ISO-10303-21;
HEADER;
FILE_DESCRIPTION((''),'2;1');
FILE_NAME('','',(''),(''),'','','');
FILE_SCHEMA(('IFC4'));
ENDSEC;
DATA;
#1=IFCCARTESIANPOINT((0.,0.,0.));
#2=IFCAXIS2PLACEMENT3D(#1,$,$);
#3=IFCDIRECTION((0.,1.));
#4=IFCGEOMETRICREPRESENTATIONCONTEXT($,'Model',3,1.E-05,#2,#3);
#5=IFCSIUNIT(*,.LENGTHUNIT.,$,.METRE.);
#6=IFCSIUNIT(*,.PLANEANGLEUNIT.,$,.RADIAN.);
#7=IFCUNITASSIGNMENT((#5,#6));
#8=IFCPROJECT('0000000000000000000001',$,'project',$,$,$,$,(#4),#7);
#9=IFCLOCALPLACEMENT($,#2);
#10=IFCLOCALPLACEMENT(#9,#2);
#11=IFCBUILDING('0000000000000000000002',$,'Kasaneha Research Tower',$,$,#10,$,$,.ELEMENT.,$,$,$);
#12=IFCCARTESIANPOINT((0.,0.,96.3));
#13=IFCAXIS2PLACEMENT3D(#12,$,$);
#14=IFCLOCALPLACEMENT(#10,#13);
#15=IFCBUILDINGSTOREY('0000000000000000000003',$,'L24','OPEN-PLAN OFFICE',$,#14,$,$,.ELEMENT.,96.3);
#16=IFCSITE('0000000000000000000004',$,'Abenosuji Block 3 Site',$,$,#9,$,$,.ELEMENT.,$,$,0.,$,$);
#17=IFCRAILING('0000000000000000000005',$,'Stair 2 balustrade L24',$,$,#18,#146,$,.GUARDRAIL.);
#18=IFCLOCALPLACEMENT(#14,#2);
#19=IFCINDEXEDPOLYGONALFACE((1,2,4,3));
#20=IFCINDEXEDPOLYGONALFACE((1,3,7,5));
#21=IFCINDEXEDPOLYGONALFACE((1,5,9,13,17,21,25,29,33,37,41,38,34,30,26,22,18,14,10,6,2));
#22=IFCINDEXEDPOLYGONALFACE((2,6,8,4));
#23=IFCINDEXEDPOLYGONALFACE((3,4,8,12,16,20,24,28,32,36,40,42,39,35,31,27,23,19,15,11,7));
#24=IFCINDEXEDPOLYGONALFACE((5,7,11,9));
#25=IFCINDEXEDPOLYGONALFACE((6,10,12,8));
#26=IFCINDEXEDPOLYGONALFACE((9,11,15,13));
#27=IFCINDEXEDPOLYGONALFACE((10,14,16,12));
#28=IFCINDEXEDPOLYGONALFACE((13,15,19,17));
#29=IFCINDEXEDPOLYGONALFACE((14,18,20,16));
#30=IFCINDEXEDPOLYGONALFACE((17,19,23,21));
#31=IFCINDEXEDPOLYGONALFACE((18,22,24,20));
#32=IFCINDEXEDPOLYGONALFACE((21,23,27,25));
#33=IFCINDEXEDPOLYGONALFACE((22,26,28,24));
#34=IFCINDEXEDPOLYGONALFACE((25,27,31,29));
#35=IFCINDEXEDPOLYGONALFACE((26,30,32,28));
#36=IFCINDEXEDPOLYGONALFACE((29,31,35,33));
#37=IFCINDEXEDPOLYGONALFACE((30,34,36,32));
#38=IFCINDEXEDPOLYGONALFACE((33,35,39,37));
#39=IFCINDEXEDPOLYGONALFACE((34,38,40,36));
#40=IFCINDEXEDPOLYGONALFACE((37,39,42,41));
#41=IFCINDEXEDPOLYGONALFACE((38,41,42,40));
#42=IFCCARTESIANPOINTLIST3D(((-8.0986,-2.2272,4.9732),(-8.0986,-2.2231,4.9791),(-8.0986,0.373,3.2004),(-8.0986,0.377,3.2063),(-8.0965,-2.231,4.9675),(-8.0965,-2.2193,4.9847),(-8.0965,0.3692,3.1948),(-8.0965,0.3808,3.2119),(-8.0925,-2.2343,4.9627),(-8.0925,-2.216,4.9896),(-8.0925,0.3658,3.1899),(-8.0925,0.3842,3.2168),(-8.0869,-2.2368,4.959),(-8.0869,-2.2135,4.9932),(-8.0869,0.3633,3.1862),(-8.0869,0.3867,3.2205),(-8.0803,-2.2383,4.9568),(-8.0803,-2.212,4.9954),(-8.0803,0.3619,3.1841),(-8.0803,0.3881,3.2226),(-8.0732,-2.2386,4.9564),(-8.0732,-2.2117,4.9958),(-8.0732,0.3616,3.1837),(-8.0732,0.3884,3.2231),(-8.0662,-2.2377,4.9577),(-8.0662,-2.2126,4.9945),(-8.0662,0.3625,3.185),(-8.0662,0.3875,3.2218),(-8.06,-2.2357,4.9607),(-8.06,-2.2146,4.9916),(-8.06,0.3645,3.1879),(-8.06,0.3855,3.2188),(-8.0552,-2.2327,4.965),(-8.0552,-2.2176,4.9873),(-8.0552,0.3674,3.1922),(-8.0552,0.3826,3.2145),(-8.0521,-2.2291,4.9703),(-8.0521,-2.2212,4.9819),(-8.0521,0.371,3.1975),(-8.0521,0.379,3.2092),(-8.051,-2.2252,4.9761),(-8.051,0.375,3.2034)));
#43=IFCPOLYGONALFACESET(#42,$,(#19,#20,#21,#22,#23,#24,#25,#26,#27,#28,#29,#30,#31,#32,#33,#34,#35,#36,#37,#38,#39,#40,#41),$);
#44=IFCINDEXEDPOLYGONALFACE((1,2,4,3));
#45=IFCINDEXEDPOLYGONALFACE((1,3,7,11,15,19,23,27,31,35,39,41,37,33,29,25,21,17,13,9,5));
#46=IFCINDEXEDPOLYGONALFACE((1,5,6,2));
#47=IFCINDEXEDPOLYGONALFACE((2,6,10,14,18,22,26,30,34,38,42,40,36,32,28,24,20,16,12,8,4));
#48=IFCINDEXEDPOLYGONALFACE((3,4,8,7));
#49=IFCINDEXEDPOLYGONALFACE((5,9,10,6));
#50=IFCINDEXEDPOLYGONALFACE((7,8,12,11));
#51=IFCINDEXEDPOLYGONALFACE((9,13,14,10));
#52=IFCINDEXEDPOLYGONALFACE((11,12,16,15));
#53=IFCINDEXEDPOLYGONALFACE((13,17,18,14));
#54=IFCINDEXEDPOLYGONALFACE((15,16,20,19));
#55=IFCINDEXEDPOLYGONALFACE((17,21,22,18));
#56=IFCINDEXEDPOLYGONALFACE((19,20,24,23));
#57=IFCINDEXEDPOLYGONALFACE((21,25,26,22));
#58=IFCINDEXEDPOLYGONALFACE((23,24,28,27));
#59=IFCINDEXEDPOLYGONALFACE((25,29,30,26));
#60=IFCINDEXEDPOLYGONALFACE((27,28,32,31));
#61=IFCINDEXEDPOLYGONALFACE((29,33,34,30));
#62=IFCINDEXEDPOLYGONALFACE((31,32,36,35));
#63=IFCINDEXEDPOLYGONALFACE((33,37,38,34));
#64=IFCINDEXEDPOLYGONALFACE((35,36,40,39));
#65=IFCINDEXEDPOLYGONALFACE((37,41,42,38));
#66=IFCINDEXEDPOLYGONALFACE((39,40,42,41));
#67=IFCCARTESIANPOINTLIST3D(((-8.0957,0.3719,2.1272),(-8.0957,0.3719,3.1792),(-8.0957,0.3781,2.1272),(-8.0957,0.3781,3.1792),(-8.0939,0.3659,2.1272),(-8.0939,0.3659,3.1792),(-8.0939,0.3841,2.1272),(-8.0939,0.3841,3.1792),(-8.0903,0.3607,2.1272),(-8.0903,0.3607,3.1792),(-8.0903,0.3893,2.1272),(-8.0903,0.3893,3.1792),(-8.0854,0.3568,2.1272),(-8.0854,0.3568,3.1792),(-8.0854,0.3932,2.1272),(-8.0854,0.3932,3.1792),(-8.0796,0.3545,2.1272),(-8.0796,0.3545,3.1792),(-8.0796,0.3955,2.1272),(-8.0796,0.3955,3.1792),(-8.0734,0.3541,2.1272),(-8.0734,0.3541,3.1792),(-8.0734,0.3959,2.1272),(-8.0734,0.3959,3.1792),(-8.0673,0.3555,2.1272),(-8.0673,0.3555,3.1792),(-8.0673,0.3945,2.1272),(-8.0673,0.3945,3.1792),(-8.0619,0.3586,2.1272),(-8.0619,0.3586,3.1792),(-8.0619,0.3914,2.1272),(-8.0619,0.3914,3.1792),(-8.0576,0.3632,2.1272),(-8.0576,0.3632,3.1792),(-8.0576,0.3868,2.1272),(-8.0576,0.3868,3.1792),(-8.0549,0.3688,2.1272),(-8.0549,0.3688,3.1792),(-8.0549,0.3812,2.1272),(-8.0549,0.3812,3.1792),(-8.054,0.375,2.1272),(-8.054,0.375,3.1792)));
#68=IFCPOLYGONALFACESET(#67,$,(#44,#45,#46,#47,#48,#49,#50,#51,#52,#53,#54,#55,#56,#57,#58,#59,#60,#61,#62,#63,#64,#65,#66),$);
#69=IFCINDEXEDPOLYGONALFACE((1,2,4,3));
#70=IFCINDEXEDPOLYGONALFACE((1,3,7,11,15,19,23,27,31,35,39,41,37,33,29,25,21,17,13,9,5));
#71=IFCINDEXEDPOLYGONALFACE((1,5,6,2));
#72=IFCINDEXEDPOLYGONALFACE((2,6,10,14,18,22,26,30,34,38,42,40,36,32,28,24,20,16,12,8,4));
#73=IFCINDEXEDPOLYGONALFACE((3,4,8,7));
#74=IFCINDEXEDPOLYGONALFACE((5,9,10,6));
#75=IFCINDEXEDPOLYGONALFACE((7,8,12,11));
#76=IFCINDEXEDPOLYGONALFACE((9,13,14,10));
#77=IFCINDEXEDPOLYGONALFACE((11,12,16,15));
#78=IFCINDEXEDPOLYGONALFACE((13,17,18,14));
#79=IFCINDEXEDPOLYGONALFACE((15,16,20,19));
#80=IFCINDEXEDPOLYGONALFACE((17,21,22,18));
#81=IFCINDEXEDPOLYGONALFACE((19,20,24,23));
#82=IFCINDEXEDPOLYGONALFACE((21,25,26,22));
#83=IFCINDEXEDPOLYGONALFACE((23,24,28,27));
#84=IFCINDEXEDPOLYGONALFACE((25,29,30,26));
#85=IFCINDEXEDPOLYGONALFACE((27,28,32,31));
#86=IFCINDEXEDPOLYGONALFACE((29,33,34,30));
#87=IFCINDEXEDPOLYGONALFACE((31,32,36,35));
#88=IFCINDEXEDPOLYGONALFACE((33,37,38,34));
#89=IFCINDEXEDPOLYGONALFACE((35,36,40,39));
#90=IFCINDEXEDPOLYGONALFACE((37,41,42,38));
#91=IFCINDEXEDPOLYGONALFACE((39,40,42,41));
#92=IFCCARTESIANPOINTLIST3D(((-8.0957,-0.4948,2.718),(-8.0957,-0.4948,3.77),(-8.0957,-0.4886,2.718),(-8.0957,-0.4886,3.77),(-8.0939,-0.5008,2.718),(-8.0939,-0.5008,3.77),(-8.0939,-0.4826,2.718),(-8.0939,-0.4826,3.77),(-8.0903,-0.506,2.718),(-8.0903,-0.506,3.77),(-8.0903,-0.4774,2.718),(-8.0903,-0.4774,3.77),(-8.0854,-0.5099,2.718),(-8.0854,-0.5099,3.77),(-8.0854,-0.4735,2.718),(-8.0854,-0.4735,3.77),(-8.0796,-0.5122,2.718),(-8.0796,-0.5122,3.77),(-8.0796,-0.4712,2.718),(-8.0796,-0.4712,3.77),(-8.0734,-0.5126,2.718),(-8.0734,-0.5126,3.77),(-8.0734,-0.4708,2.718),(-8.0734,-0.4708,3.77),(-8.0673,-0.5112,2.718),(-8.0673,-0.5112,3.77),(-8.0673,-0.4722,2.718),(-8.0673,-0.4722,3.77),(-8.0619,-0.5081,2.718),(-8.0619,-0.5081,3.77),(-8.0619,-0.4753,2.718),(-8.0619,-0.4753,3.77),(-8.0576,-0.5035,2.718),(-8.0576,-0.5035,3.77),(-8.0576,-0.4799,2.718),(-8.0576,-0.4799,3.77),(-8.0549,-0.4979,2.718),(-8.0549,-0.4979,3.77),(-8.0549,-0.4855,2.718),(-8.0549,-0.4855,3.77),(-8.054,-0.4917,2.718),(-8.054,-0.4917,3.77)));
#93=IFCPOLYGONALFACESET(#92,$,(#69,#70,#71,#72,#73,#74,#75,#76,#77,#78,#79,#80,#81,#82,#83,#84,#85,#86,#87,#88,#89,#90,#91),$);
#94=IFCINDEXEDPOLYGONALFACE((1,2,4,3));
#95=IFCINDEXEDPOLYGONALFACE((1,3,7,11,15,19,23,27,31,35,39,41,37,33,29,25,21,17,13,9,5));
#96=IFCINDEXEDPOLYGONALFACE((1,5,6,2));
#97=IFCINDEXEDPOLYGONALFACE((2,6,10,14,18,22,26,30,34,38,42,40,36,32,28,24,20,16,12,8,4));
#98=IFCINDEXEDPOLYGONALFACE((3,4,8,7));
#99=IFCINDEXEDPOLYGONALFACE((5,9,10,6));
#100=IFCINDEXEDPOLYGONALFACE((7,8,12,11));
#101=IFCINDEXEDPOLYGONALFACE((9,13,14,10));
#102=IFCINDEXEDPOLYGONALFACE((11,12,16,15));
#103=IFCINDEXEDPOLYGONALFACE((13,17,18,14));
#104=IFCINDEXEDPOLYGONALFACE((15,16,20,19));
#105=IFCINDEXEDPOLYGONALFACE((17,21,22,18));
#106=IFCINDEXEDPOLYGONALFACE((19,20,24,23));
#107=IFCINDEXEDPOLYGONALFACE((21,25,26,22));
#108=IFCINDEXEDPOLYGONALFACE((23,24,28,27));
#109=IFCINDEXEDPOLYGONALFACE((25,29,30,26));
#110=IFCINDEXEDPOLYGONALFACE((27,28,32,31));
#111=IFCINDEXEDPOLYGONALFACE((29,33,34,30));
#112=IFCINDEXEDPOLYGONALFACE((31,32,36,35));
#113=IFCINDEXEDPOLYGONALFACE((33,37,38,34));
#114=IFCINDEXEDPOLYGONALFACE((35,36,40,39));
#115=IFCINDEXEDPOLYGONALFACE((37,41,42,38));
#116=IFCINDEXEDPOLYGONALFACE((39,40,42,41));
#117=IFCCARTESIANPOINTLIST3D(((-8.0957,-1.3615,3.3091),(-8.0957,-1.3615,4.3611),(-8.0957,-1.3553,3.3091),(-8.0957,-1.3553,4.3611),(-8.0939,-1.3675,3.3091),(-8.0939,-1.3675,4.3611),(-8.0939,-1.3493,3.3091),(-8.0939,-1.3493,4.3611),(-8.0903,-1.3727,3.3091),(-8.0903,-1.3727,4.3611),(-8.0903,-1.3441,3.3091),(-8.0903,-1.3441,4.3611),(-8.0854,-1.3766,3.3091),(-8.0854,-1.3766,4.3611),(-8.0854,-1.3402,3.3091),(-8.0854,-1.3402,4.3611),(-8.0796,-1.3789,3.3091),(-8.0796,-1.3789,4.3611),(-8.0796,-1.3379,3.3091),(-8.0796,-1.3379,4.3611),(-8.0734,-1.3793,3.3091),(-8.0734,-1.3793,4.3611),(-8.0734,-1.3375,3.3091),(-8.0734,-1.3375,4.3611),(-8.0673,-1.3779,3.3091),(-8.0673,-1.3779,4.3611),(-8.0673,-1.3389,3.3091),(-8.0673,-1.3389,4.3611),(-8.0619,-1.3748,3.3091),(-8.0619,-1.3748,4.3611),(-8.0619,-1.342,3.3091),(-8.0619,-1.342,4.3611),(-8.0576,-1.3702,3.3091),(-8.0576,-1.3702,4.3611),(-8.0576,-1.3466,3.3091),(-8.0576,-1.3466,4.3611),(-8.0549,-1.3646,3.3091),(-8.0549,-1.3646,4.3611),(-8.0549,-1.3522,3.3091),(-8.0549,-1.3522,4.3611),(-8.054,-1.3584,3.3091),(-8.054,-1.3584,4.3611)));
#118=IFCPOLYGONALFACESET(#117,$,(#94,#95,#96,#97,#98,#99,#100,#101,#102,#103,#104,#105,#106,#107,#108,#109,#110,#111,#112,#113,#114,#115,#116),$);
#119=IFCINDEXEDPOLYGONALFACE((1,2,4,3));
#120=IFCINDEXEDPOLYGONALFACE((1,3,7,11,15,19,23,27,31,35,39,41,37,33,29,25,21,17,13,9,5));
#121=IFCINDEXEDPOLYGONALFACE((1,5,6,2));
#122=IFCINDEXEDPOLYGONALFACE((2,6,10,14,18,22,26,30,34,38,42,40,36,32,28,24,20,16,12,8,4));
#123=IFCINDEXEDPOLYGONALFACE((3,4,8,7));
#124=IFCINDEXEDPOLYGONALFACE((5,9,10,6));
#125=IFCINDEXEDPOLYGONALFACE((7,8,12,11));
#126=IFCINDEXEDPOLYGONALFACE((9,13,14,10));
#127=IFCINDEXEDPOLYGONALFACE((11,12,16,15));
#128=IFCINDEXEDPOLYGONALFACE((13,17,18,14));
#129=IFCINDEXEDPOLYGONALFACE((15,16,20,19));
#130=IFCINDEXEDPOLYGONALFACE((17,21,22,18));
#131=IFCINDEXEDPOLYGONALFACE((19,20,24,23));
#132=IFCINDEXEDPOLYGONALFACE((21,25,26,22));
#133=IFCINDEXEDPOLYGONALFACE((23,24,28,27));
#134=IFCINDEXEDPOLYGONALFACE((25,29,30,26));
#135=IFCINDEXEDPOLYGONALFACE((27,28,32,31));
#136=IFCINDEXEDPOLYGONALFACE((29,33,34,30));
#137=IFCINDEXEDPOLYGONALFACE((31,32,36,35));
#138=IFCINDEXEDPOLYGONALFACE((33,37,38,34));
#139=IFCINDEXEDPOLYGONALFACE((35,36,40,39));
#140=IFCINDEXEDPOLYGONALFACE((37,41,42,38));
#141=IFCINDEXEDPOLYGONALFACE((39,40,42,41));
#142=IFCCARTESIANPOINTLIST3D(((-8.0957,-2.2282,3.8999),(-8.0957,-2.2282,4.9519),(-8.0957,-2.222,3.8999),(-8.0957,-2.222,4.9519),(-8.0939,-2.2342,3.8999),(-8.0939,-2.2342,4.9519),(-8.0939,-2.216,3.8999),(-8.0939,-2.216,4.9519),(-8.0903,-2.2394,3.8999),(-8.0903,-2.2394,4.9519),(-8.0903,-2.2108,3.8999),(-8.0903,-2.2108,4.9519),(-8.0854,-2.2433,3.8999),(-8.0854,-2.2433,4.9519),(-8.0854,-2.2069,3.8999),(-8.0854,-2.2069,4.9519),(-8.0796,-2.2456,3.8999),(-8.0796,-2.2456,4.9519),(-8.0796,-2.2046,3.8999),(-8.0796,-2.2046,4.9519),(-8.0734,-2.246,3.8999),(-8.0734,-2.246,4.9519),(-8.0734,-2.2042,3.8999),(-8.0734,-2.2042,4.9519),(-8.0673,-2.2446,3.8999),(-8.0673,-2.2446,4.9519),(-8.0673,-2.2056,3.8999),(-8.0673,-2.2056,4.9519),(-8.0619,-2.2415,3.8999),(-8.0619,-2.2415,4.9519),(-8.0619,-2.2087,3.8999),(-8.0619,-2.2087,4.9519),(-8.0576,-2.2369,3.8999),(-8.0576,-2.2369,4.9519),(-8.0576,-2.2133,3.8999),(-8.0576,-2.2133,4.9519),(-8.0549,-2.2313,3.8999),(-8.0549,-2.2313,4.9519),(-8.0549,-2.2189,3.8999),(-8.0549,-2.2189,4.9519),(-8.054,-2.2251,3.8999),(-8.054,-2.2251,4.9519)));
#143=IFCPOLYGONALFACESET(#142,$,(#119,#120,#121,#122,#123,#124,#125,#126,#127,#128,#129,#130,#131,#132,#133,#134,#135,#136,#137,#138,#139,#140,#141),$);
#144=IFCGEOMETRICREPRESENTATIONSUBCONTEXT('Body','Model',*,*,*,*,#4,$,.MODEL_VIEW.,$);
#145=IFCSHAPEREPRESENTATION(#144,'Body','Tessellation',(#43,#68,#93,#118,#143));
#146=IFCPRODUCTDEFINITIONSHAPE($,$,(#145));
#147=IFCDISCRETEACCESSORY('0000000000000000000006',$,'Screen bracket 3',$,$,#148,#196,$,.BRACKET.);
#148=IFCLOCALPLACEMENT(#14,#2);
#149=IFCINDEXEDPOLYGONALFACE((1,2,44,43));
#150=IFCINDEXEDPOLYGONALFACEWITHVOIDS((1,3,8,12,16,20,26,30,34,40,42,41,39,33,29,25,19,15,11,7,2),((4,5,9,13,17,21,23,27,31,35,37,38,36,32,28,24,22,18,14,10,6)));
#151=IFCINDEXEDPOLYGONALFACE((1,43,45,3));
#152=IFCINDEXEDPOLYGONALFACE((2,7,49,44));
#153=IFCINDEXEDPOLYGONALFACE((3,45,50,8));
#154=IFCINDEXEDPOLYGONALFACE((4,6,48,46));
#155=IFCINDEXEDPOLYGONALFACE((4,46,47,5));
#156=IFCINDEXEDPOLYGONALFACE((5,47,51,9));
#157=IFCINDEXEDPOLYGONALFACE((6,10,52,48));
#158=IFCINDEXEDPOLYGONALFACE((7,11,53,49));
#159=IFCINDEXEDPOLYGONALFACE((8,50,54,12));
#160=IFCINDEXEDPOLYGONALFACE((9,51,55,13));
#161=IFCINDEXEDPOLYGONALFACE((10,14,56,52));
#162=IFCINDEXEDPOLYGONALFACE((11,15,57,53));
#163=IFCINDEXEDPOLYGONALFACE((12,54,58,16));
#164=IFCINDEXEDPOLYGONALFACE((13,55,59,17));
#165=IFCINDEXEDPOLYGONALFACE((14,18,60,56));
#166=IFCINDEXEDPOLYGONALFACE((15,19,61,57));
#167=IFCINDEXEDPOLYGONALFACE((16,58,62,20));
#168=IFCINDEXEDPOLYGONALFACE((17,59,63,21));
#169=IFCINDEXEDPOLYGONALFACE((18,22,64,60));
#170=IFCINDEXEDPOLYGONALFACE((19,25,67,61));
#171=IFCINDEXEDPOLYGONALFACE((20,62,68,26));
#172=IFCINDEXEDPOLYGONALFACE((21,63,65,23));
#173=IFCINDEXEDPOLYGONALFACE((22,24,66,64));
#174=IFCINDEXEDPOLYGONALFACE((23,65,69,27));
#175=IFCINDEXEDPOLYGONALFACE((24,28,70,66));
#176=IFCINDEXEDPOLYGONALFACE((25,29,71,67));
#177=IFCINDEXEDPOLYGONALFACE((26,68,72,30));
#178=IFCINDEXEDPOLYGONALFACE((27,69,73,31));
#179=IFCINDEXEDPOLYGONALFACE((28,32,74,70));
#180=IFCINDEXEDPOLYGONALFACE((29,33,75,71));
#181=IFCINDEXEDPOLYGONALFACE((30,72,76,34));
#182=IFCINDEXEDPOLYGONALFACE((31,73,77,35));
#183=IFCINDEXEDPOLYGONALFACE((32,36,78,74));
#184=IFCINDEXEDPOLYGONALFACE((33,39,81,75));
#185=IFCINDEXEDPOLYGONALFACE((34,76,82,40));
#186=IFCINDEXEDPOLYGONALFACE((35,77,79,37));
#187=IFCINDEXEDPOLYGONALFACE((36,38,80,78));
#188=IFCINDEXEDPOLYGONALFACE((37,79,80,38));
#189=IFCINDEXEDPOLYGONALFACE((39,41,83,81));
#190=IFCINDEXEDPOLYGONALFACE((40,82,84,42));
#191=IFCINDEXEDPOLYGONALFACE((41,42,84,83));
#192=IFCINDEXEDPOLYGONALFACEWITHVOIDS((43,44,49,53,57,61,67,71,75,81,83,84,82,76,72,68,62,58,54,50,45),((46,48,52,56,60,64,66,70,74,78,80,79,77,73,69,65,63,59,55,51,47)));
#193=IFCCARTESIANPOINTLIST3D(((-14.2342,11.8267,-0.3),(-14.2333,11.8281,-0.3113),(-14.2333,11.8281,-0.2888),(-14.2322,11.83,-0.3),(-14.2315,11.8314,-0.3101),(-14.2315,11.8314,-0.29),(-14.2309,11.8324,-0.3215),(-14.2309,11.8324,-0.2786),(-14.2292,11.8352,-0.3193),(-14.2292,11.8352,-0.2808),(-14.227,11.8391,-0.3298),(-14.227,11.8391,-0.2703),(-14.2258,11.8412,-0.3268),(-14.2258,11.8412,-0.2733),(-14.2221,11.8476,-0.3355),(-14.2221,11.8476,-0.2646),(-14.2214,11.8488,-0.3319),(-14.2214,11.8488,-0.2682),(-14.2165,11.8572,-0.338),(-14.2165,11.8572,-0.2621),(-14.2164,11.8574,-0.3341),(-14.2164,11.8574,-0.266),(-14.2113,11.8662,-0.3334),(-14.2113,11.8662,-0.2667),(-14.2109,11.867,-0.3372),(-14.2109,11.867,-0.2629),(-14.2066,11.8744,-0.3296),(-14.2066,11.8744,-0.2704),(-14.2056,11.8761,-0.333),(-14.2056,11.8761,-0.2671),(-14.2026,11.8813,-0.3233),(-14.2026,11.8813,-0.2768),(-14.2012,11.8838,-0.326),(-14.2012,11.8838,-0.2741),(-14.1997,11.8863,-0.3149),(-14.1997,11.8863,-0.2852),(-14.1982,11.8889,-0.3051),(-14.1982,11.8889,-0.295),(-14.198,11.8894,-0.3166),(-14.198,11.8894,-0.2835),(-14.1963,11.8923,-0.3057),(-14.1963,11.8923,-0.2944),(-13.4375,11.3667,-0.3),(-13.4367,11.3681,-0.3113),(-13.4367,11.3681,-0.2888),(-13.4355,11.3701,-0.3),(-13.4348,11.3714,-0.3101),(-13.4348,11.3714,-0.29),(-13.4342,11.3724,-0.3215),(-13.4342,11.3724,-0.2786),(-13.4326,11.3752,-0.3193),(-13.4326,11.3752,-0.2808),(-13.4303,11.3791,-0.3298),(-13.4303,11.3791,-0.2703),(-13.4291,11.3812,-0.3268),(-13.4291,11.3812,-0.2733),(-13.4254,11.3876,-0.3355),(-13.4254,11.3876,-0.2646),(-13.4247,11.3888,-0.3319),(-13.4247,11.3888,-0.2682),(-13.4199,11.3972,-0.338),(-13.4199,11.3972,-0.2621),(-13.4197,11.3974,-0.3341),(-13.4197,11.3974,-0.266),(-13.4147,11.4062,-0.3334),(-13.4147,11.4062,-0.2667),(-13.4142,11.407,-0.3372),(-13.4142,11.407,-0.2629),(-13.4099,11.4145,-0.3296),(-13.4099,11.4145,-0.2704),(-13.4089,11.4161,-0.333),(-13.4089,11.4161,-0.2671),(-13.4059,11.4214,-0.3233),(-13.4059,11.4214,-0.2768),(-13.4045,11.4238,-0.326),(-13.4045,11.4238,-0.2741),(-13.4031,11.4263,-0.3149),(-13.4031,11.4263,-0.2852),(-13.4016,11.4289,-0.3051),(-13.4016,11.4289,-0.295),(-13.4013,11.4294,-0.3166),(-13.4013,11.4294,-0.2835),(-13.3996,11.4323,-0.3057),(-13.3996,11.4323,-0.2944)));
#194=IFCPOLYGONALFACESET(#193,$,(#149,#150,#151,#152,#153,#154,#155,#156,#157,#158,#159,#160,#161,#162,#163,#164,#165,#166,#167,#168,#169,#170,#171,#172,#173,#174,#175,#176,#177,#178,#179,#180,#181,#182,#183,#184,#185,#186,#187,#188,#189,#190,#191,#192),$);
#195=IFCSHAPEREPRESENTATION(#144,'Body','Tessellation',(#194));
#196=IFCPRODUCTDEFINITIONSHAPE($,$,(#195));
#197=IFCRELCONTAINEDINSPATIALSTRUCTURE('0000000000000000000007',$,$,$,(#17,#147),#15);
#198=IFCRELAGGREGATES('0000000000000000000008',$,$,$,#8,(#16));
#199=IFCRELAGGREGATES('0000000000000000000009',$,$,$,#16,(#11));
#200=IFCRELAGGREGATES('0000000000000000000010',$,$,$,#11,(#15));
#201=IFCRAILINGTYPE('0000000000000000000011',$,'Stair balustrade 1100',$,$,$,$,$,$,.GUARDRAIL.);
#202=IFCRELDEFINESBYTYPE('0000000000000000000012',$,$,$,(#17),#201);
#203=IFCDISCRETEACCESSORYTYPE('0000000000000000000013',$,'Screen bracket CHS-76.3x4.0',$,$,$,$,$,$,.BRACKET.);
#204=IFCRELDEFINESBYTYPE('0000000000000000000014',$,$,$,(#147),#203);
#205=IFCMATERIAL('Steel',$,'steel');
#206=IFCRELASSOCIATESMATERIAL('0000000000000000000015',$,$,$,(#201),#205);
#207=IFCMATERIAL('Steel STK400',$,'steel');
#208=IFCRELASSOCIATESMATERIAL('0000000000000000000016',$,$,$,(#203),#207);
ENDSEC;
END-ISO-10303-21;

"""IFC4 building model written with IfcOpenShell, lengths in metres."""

from ifc_helpers import new_model, si_unit, direction, frame, origin, origin_2d, place, context, subcontext, project, spatial, circle, hollow_circle, extrude, material, material_profile, profile_set, type_object, element, save


model = new_model("IFC4")

# Units and contexts
model_context = context("Model", 3, precision=1e-05, world=origin(), true_north=direction((0.0, 1.0)))
body_context = subcontext(model_context, "Body", "Model", "MODEL_VIEW")
ifc_project = project(units=[si_unit("LENGTHUNIT", "METRE"), si_unit("PLANEANGLEUNIT", "RADIAN")], contexts=[model_context])

# Site, building, storey
site_placement = place(None, origin())
site = spatial("IfcSite", under=ifc_project, at=site_placement, Name="Abenosuji Block 3 Site", CompositionType="ELEMENT", RefElevation=0.0)
building_placement = place(site_placement, origin())
building = spatial("IfcBuilding", under=site, at=building_placement, Name="Kasaneha Research Tower", CompositionType="ELEMENT")
storey_placement = place(building_placement, frame((0.0, 0.0, 96.3)))
storey = spatial("IfcBuildingStorey", under=building, at=storey_placement, Name="L24", Description="OPEN-PLAN OFFICE", CompositionType="ELEMENT", Elevation=96.3)

# Railing
ifc_material_1 = material(Name="Steel", Category="steel")
railing_type = type_object("IfcRailingType", Name="Stair balustrade 1100", PredefinedType="GUARDRAIL", material=ifc_material_1)
railing_placement = place(storey_placement, frame((-8.075, 0.375, 2.1272)))
element("IfcRailing", 1, at=railing_placement, inside=storey, type_object=railing_type, Name="Stair 2 balustrade L24", PredefinedType="GUARDRAIL", context=body_context, shape_type="SweptSolid", body=[
    extrude(circle(Radius=0.0239, at=origin_2d()), frame((0.0, 0.0, 1.0762), z_axis=(0.0, -0.82624, 0.563318), x_axis=(1.0, 0.0, 0.0)), (0.0, 0.0, 1.0), 3.147),
    extrude(circle(Radius=0.021, at=origin_2d()), origin(), (0.0, 0.0, 1.0), 1.052),
    extrude(circle(Radius=0.021, at=origin_2d()), frame((0.0, -0.8667, 0.5908)), (0.0, 0.0, 1.0), 1.052),
    extrude(circle(Radius=0.021, at=origin_2d()), frame((0.0, -1.7334, 1.1819)), (0.0, 0.0, 1.0), 1.052),
    extrude(circle(Radius=0.021, at=origin_2d()), frame((0.0, -2.6001, 1.7727)), (0.0, 0.0, 1.0), 1.052),
])

# Discrete accessory
ifc_material_2 = material(Name="Steel STK400", Category="steel")
ifc_material_profile_1 = material_profile(ifc_material_2, hollow_circle(Radius=0.0381, WallThickness=0.0039, at=origin_2d()), Name="CHS-76.3x4.0")
ifc_profile_set_1 = profile_set([ifc_material_profile_1], Name="Steel STK400")
discrete_accessory_type = type_object("IfcDiscreteAccessoryType", Name="Screen bracket CHS-76.3x4.0", PredefinedType="BRACKET", material=ifc_profile_set_1)
for number, where, z_axis, x_axis, name in (
    (2, (-13.4185, 11.3997, -0.3), (-0.866013, 0.500021, 0.0), (-0.500021, -0.866013, 0.0), "Screen bracket 3"),
):
    element("IfcDiscreteAccessory", number, at=place(storey_placement, frame(where, z_axis=z_axis, x_axis=x_axis)), inside=storey, type_object=discrete_accessory_type, Name=name, PredefinedType="BRACKET", context=body_context, shape_type="SweptSolid", body=[
        extrude(hollow_circle(Radius=0.0381, WallThickness=0.0039, at=origin_2d()), origin(), (0.0, 0.0, 1.0), 0.9199),
    ])

save(model, "model.ifc")
